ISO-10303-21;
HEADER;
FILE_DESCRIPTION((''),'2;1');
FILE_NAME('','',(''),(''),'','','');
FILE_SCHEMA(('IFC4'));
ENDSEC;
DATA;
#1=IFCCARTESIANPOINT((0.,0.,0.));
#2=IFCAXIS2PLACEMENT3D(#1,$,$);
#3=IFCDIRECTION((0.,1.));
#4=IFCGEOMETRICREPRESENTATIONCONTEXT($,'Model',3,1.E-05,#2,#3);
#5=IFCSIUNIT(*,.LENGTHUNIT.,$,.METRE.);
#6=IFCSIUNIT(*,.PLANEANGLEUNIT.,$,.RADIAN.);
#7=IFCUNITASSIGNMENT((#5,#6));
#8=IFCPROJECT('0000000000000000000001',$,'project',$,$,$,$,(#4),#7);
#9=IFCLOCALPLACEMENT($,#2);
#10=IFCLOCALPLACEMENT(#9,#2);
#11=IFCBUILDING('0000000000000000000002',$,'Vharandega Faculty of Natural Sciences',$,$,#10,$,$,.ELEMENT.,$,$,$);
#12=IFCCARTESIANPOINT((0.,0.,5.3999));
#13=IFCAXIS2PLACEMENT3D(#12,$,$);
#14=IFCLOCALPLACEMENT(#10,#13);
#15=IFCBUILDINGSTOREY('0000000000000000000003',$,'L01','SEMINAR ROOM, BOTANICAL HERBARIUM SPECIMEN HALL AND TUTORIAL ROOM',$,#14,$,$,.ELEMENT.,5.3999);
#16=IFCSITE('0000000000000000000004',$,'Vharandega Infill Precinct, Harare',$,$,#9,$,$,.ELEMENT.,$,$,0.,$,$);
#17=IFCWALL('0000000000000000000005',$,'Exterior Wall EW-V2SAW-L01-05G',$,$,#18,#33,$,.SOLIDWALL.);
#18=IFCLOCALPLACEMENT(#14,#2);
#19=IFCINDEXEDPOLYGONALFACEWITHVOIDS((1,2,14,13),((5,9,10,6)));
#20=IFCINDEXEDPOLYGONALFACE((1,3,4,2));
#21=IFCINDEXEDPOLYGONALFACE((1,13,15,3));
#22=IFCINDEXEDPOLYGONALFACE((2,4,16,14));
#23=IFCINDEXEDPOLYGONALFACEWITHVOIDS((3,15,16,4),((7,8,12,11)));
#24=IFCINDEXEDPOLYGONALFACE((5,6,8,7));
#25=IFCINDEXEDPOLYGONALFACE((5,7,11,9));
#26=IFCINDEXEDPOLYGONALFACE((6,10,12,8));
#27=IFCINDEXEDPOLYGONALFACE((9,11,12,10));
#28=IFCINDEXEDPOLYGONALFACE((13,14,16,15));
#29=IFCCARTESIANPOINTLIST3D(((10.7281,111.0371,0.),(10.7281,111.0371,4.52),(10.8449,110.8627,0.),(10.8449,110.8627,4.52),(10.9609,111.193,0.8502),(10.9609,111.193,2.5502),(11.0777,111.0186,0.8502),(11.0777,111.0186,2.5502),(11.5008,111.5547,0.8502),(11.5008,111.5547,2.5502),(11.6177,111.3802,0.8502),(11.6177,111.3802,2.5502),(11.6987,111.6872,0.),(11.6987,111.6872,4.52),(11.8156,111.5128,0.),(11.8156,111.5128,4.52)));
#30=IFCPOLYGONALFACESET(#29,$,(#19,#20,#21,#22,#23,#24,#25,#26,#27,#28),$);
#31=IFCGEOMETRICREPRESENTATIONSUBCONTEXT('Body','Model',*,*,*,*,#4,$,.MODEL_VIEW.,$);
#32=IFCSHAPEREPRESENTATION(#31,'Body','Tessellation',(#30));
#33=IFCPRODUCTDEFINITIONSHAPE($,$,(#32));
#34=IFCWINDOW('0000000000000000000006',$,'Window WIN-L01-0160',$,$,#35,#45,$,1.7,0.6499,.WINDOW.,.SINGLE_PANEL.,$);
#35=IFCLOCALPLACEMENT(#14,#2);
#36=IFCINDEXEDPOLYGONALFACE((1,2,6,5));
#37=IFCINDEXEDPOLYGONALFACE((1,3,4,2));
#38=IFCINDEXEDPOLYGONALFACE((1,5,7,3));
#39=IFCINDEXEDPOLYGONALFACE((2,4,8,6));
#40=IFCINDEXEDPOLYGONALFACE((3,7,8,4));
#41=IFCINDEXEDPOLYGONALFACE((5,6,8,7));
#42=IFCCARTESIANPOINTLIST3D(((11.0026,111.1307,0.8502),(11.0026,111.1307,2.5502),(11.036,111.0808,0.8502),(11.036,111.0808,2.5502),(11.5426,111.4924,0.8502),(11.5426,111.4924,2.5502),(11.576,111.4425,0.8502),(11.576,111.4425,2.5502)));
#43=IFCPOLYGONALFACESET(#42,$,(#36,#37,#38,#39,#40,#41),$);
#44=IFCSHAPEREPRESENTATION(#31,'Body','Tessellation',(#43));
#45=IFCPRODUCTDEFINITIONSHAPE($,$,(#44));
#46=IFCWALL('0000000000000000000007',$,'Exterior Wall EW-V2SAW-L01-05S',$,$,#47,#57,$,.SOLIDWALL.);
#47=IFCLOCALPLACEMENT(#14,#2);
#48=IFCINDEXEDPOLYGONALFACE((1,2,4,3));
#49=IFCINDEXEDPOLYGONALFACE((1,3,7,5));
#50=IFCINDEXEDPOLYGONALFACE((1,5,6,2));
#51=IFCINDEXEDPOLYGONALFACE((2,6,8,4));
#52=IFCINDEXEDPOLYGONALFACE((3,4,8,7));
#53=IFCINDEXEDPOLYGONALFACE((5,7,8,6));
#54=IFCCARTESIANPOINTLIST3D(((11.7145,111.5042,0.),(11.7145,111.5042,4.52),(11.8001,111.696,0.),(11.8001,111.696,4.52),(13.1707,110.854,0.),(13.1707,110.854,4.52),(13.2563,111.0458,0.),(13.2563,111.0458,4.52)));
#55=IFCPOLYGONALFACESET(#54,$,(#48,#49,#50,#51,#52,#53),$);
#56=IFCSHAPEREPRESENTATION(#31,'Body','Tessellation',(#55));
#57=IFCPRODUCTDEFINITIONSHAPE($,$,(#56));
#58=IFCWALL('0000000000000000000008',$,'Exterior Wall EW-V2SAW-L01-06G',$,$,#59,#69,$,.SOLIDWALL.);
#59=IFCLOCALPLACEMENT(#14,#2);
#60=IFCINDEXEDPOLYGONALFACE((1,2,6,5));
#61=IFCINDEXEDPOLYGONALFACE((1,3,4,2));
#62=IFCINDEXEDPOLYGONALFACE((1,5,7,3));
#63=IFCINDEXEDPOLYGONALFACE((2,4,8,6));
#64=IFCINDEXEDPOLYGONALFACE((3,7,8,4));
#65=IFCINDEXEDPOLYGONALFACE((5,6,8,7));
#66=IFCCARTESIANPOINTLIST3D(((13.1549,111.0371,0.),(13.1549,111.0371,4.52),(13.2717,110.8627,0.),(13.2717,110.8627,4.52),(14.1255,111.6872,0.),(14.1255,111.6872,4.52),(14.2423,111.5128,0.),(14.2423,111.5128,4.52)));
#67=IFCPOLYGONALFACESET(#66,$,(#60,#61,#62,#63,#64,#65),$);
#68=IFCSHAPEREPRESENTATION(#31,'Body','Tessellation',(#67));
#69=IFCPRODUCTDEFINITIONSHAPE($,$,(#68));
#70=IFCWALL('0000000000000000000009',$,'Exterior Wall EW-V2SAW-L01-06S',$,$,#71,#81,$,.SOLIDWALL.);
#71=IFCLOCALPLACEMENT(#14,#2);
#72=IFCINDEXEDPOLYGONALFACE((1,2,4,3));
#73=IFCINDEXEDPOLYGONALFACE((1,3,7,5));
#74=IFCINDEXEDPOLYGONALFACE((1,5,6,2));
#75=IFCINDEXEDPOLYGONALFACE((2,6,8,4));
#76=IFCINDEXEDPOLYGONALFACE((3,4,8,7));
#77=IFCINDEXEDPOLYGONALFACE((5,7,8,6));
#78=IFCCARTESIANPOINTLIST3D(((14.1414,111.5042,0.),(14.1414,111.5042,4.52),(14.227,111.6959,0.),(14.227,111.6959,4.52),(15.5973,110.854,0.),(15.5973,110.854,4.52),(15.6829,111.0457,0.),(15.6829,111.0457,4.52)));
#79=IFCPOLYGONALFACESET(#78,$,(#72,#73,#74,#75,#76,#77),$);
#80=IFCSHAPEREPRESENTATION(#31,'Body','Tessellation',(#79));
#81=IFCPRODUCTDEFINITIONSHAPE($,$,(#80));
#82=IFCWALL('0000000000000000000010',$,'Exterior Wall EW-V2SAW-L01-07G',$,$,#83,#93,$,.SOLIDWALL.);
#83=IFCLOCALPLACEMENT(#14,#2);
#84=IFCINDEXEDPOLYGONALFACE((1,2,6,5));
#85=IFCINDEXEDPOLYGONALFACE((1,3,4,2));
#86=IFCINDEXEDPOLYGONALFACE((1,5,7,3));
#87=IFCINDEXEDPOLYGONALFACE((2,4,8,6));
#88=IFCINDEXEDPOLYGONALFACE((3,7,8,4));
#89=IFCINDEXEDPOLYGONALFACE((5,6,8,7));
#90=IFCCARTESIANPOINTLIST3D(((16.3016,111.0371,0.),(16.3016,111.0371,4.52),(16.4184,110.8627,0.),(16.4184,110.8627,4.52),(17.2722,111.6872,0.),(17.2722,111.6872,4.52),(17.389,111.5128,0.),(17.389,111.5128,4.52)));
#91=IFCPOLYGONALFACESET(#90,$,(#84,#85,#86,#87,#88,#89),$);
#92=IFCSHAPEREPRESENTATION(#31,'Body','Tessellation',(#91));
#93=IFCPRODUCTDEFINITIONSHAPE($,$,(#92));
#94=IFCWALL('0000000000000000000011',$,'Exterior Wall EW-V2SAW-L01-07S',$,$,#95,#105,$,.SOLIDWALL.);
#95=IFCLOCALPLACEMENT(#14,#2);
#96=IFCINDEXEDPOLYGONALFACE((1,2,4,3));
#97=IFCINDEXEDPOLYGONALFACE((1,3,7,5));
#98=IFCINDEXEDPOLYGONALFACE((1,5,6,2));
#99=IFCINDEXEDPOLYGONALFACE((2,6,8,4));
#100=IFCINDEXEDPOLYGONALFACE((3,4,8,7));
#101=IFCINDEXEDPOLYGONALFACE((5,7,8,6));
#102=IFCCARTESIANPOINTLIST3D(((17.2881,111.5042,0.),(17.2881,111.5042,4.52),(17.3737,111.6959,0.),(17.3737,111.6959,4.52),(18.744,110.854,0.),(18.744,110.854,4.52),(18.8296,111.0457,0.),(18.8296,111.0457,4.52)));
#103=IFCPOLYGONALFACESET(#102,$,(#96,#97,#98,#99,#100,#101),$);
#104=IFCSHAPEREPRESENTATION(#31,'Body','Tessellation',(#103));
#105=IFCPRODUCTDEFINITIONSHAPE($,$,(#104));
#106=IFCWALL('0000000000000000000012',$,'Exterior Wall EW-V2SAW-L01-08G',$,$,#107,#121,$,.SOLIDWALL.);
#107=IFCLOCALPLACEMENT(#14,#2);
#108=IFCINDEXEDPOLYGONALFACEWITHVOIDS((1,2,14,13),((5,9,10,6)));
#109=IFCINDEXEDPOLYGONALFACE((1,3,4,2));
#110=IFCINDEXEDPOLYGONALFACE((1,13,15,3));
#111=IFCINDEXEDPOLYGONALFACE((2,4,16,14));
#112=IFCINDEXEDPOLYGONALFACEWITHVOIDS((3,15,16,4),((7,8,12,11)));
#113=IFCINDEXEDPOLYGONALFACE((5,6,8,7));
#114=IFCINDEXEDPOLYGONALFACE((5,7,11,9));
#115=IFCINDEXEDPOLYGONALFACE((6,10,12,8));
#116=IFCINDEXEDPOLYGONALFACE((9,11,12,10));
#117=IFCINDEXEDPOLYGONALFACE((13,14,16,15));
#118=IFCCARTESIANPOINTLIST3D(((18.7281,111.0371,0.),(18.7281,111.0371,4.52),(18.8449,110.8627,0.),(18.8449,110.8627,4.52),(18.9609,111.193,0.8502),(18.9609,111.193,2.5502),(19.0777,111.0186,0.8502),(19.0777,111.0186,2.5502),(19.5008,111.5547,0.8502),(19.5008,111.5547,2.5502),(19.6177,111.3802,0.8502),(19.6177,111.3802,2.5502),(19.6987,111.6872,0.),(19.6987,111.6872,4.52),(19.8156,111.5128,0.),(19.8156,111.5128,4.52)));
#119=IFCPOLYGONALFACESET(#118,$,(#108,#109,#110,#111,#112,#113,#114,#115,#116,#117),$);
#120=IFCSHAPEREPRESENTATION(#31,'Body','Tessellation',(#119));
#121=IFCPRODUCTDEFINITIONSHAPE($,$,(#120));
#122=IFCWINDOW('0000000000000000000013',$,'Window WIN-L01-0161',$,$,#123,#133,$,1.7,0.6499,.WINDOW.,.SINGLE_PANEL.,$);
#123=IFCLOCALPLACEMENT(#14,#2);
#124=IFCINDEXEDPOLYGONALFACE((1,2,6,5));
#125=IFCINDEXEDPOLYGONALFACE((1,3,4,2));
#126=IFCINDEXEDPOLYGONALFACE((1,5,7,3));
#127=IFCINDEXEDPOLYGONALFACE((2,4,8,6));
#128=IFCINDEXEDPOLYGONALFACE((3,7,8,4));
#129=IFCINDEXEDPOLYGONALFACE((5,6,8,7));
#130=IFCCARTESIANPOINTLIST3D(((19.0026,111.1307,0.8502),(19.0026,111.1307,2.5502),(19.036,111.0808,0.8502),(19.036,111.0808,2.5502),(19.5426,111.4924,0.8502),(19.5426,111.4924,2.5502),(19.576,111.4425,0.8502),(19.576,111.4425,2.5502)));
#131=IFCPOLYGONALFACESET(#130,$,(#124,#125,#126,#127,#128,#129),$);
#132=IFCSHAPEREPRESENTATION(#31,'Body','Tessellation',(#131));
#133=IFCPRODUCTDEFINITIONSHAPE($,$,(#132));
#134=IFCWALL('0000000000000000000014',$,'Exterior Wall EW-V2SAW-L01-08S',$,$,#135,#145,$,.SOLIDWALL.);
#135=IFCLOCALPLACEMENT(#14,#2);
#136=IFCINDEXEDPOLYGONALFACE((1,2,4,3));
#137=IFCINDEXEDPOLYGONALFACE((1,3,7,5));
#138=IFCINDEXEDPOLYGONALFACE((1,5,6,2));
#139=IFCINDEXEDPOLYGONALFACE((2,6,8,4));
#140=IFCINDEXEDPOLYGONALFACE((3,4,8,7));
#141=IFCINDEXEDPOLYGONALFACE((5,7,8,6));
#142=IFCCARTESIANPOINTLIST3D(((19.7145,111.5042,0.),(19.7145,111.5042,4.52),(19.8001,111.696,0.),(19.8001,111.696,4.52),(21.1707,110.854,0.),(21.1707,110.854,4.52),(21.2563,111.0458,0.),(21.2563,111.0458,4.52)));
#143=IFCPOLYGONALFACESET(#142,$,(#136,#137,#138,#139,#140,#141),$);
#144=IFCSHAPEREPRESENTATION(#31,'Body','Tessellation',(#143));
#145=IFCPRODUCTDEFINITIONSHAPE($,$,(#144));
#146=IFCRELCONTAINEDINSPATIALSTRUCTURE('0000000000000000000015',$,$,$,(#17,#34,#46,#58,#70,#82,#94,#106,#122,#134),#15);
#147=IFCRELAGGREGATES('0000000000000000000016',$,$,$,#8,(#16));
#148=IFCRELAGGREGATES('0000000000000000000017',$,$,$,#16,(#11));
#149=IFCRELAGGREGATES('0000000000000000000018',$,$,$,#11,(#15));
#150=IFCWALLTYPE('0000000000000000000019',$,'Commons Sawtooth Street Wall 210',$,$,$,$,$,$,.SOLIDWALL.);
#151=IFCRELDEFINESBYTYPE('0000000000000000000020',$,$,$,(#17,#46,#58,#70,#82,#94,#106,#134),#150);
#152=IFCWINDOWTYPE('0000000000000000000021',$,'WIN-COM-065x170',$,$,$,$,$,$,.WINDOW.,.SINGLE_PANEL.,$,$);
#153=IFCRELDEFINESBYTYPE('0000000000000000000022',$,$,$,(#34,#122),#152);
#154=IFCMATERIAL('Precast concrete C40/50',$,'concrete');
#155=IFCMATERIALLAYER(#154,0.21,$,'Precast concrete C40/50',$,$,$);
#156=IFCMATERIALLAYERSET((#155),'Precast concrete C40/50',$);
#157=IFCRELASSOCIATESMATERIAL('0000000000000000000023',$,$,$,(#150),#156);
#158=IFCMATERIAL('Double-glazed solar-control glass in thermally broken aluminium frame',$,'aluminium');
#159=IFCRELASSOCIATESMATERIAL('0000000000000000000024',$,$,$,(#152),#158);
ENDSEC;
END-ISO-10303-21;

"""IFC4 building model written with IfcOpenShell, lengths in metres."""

from ifc_helpers import new_model, si_unit, direction, frame, frame_2d, origin, place, context, subcontext, project, spatial, rectangle, extrude, material, layer, layer_set, type_object, element, fill, save


model = new_model("IFC4")

# Units and contexts
model_context = context("Model", 3, precision=1e-05, world=origin(), true_north=direction((0.0, 1.0)))
body_context = subcontext(model_context, "Body", "Model", "MODEL_VIEW")
ifc_project = project(units=[si_unit("LENGTHUNIT", "METRE"), si_unit("PLANEANGLEUNIT", "RADIAN")], contexts=[model_context])

# Site, building, storey
site_placement = place(None, origin())
site = spatial("IfcSite", under=ifc_project, at=site_placement, Name="Vharandega Infill Precinct, Harare", CompositionType="ELEMENT", RefElevation=0.0)
building_placement = place(site_placement, origin())
building = spatial("IfcBuilding", under=site, at=building_placement, Name="Vharandega Faculty of Natural Sciences", CompositionType="ELEMENT")
storey_placement = place(building_placement, frame((0.0, 0.0, 5.3999)))
storey = spatial("IfcBuildingStorey", under=building, at=storey_placement, Name="L01", Description="SEMINAR ROOM, BOTANICAL HERBARIUM SPECIMEN HALL AND TUTORIAL ROOM", CompositionType="ELEMENT", Elevation=5.3999)

# Shared definitions
ifc_material_1 = material(Name="Precast concrete C40/50", Category="concrete")
ifc_layer = layer(ifc_material_1, 0.21, Name="Precast concrete C40/50")
ifc_layer_set = layer_set([ifc_layer], Name="Precast concrete C40/50")
wall_type = type_object("IfcWallType", Name="Commons Sawtooth Street Wall 210", PredefinedType="SOLIDWALL", material=ifc_layer_set)

# Shared definitions
ifc_material_2 = material(Name="Double-glazed solar-control glass in thermally broken aluminium frame", Category="aluminium")
window_type = type_object("IfcWindowType", Name="WIN-COM-065x170", PartitioningType="SINGLE_PANEL", PredefinedType="WINDOW", material=ifc_material_2)

# Wall, opening, window
wall_1_placement = place(storey_placement, frame((10.7866, 110.95, 0.0), z_axis=(0.0, 0.0, 1.0), x_axis=(0.830859, 0.556483, 0.0)))
wall_1 = element("IfcWall", 1, at=wall_1_placement, inside=storey, type_object=wall_type, Name="Exterior Wall EW-V2SAW-L01-05G", PredefinedType="SOLIDWALL", context=body_context, shape_type="SweptSolid", body=[
    extrude(rectangle(XDim=1.1682, YDim=0.21, at=frame_2d((0.584, 0.0))), origin(), (0.0, 0.0, 1.0), 4.52),
])
opening_1_placement = place(wall_1_placement, frame((0.28, 0.0, 0.8501)))
opening_1 = element("IfcOpeningElement", 2, at=opening_1_placement, cuts=wall_1, PredefinedType="OPENING", context=body_context, shape_type="SweptSolid", body=[
    extrude(rectangle(XDim=0.6499, YDim=1.7, at=frame_2d((0.325, 0.8501))), frame((0.0, 0.115, 0.0), z_axis=(0.0, -1.0, 0.0), x_axis=(1.0, 0.0, 0.0)), (0.0, 0.0, 1.0), 0.23),
])
window_1_placement = place(opening_1_placement, origin())
window_1 = element("IfcWindow", 3, at=window_1_placement, inside=storey, type_object=window_type, Name="Window WIN-L01-0160", OverallHeight=1.7, OverallWidth=0.6499, PartitioningType="SINGLE_PANEL", PredefinedType="WINDOW", context=body_context, shape_type="SweptSolid", body=[
    extrude(rectangle(XDim=0.6499, YDim=1.7, at=frame_2d((0.325, 0.8501))), frame((0.0, 0.03, 0.0), z_axis=(0.0, -1.0, 0.0), x_axis=(1.0, 0.0, 0.0)), (0.0, 0.0, 1.0), 0.0601),
])
fill(opening_1, window_1)

# Walls
wall_2_placement = place(storey_placement, frame((11.7573, 111.6001, 0.0), z_axis=(0.0, 0.0, 1.0), x_axis=(0.913109, -0.407715, 0.0)))
element("IfcWall", 4, at=wall_2_placement, inside=storey, type_object=wall_type, Name="Exterior Wall EW-V2SAW-L01-05S", PredefinedType="SOLIDWALL", context=body_context, shape_type="SweptSolid", body=[
    extrude(rectangle(XDim=1.5947, YDim=0.21, at=frame_2d((0.7974, 0.0))), origin(), (0.0, 0.0, 1.0), 4.52),
])
wall_3_placement = place(storey_placement, frame((13.2134, 110.95, 0.0), z_axis=(0.0, 0.0, 1.0), x_axis=(0.830859, 0.556483, 0.0)))
element("IfcWall", 5, at=wall_3_placement, inside=storey, type_object=wall_type, Name="Exterior Wall EW-V2SAW-L01-06G", PredefinedType="SOLIDWALL", context=body_context, shape_type="SweptSolid", body=[
    extrude(rectangle(XDim=1.1682, YDim=0.21, at=frame_2d((0.584, 0.0))), origin(), (0.0, 0.0, 1.0), 4.52),
])
wall_4_placement = place(storey_placement, frame((14.1841, 111.6001, 0.0), z_axis=(0.0, 0.0, 1.0), x_axis=(0.913084, -0.407772, 0.0)))
element("IfcWall", 6, at=wall_4_placement, inside=storey, type_object=wall_type, Name="Exterior Wall EW-V2SAW-L01-06S", PredefinedType="SOLIDWALL", context=body_context, shape_type="SweptSolid", body=[
    extrude(rectangle(XDim=1.5945, YDim=0.21, at=frame_2d((0.7974, 0.0))), origin(), (0.0, 0.0, 1.0), 4.52),
])
wall_5_placement = place(storey_placement, frame((16.3601, 110.95, 0.0), z_axis=(0.0, 0.0, 1.0), x_axis=(0.830859, 0.556483, 0.0)))
element("IfcWall", 7, at=wall_5_placement, inside=storey, type_object=wall_type, Name="Exterior Wall EW-V2SAW-L01-07G", PredefinedType="SOLIDWALL", context=body_context, shape_type="SweptSolid", body=[
    extrude(rectangle(XDim=1.1682, YDim=0.21, at=frame_2d((0.584, 0.0))), origin(), (0.0, 0.0, 1.0), 4.52),
])
wall_6_placement = place(storey_placement, frame((17.3308, 111.6001, 0.0), z_axis=(0.0, 0.0, 1.0), x_axis=(0.913084, -0.407772, 0.0)))
element("IfcWall", 8, at=wall_6_placement, inside=storey, type_object=wall_type, Name="Exterior Wall EW-V2SAW-L01-07S", PredefinedType="SOLIDWALL", context=body_context, shape_type="SweptSolid", body=[
    extrude(rectangle(XDim=1.5945, YDim=0.21, at=frame_2d((0.7974, 0.0))), origin(), (0.0, 0.0, 1.0), 4.52),
])

# Wall, opening, window
wall_7_placement = place(storey_placement, frame((18.7866, 110.95, 0.0), z_axis=(0.0, 0.0, 1.0), x_axis=(0.830859, 0.556483, 0.0)))
wall_7 = element("IfcWall", 9, at=wall_7_placement, inside=storey, type_object=wall_type, Name="Exterior Wall EW-V2SAW-L01-08G", PredefinedType="SOLIDWALL", context=body_context, shape_type="SweptSolid", body=[
    extrude(rectangle(XDim=1.1682, YDim=0.21, at=frame_2d((0.584, 0.0))), origin(), (0.0, 0.0, 1.0), 4.52),
])
opening_2_placement = place(wall_7_placement, frame((0.28, 0.0, 0.8501)))
opening_2 = element("IfcOpeningElement", 10, at=opening_2_placement, cuts=wall_7, PredefinedType="OPENING", context=body_context, shape_type="SweptSolid", body=[
    extrude(rectangle(XDim=0.6499, YDim=1.7, at=frame_2d((0.325, 0.8501))), frame((0.0, 0.115, 0.0), z_axis=(0.0, -1.0, 0.0), x_axis=(1.0, 0.0, 0.0)), (0.0, 0.0, 1.0), 0.23),
])
window_2_placement = place(opening_2_placement, origin())
window_2 = element("IfcWindow", 11, at=window_2_placement, inside=storey, type_object=window_type, Name="Window WIN-L01-0161", OverallHeight=1.7, OverallWidth=0.6499, PartitioningType="SINGLE_PANEL", PredefinedType="WINDOW", context=body_context, shape_type="SweptSolid", body=[
    extrude(rectangle(XDim=0.6499, YDim=1.7, at=frame_2d((0.325, 0.8501))), frame((0.0, 0.03, 0.0), z_axis=(0.0, -1.0, 0.0), x_axis=(1.0, 0.0, 0.0)), (0.0, 0.0, 1.0), 0.0601),
])
fill(opening_2, window_2)

# Wall
wall_8_placement = place(storey_placement, frame((19.7573, 111.6001, 0.0), z_axis=(0.0, 0.0, 1.0), x_axis=(0.913109, -0.407715, 0.0)))
element("IfcWall", 12, at=wall_8_placement, inside=storey, type_object=wall_type, Name="Exterior Wall EW-V2SAW-L01-08S", PredefinedType="SOLIDWALL", context=body_context, shape_type="SweptSolid", body=[
    extrude(rectangle(XDim=1.5947, YDim=0.21, at=frame_2d((0.7974, 0.0))), origin(), (0.0, 0.0, 1.0), 4.52),
])

save(model, "model.ifc")
